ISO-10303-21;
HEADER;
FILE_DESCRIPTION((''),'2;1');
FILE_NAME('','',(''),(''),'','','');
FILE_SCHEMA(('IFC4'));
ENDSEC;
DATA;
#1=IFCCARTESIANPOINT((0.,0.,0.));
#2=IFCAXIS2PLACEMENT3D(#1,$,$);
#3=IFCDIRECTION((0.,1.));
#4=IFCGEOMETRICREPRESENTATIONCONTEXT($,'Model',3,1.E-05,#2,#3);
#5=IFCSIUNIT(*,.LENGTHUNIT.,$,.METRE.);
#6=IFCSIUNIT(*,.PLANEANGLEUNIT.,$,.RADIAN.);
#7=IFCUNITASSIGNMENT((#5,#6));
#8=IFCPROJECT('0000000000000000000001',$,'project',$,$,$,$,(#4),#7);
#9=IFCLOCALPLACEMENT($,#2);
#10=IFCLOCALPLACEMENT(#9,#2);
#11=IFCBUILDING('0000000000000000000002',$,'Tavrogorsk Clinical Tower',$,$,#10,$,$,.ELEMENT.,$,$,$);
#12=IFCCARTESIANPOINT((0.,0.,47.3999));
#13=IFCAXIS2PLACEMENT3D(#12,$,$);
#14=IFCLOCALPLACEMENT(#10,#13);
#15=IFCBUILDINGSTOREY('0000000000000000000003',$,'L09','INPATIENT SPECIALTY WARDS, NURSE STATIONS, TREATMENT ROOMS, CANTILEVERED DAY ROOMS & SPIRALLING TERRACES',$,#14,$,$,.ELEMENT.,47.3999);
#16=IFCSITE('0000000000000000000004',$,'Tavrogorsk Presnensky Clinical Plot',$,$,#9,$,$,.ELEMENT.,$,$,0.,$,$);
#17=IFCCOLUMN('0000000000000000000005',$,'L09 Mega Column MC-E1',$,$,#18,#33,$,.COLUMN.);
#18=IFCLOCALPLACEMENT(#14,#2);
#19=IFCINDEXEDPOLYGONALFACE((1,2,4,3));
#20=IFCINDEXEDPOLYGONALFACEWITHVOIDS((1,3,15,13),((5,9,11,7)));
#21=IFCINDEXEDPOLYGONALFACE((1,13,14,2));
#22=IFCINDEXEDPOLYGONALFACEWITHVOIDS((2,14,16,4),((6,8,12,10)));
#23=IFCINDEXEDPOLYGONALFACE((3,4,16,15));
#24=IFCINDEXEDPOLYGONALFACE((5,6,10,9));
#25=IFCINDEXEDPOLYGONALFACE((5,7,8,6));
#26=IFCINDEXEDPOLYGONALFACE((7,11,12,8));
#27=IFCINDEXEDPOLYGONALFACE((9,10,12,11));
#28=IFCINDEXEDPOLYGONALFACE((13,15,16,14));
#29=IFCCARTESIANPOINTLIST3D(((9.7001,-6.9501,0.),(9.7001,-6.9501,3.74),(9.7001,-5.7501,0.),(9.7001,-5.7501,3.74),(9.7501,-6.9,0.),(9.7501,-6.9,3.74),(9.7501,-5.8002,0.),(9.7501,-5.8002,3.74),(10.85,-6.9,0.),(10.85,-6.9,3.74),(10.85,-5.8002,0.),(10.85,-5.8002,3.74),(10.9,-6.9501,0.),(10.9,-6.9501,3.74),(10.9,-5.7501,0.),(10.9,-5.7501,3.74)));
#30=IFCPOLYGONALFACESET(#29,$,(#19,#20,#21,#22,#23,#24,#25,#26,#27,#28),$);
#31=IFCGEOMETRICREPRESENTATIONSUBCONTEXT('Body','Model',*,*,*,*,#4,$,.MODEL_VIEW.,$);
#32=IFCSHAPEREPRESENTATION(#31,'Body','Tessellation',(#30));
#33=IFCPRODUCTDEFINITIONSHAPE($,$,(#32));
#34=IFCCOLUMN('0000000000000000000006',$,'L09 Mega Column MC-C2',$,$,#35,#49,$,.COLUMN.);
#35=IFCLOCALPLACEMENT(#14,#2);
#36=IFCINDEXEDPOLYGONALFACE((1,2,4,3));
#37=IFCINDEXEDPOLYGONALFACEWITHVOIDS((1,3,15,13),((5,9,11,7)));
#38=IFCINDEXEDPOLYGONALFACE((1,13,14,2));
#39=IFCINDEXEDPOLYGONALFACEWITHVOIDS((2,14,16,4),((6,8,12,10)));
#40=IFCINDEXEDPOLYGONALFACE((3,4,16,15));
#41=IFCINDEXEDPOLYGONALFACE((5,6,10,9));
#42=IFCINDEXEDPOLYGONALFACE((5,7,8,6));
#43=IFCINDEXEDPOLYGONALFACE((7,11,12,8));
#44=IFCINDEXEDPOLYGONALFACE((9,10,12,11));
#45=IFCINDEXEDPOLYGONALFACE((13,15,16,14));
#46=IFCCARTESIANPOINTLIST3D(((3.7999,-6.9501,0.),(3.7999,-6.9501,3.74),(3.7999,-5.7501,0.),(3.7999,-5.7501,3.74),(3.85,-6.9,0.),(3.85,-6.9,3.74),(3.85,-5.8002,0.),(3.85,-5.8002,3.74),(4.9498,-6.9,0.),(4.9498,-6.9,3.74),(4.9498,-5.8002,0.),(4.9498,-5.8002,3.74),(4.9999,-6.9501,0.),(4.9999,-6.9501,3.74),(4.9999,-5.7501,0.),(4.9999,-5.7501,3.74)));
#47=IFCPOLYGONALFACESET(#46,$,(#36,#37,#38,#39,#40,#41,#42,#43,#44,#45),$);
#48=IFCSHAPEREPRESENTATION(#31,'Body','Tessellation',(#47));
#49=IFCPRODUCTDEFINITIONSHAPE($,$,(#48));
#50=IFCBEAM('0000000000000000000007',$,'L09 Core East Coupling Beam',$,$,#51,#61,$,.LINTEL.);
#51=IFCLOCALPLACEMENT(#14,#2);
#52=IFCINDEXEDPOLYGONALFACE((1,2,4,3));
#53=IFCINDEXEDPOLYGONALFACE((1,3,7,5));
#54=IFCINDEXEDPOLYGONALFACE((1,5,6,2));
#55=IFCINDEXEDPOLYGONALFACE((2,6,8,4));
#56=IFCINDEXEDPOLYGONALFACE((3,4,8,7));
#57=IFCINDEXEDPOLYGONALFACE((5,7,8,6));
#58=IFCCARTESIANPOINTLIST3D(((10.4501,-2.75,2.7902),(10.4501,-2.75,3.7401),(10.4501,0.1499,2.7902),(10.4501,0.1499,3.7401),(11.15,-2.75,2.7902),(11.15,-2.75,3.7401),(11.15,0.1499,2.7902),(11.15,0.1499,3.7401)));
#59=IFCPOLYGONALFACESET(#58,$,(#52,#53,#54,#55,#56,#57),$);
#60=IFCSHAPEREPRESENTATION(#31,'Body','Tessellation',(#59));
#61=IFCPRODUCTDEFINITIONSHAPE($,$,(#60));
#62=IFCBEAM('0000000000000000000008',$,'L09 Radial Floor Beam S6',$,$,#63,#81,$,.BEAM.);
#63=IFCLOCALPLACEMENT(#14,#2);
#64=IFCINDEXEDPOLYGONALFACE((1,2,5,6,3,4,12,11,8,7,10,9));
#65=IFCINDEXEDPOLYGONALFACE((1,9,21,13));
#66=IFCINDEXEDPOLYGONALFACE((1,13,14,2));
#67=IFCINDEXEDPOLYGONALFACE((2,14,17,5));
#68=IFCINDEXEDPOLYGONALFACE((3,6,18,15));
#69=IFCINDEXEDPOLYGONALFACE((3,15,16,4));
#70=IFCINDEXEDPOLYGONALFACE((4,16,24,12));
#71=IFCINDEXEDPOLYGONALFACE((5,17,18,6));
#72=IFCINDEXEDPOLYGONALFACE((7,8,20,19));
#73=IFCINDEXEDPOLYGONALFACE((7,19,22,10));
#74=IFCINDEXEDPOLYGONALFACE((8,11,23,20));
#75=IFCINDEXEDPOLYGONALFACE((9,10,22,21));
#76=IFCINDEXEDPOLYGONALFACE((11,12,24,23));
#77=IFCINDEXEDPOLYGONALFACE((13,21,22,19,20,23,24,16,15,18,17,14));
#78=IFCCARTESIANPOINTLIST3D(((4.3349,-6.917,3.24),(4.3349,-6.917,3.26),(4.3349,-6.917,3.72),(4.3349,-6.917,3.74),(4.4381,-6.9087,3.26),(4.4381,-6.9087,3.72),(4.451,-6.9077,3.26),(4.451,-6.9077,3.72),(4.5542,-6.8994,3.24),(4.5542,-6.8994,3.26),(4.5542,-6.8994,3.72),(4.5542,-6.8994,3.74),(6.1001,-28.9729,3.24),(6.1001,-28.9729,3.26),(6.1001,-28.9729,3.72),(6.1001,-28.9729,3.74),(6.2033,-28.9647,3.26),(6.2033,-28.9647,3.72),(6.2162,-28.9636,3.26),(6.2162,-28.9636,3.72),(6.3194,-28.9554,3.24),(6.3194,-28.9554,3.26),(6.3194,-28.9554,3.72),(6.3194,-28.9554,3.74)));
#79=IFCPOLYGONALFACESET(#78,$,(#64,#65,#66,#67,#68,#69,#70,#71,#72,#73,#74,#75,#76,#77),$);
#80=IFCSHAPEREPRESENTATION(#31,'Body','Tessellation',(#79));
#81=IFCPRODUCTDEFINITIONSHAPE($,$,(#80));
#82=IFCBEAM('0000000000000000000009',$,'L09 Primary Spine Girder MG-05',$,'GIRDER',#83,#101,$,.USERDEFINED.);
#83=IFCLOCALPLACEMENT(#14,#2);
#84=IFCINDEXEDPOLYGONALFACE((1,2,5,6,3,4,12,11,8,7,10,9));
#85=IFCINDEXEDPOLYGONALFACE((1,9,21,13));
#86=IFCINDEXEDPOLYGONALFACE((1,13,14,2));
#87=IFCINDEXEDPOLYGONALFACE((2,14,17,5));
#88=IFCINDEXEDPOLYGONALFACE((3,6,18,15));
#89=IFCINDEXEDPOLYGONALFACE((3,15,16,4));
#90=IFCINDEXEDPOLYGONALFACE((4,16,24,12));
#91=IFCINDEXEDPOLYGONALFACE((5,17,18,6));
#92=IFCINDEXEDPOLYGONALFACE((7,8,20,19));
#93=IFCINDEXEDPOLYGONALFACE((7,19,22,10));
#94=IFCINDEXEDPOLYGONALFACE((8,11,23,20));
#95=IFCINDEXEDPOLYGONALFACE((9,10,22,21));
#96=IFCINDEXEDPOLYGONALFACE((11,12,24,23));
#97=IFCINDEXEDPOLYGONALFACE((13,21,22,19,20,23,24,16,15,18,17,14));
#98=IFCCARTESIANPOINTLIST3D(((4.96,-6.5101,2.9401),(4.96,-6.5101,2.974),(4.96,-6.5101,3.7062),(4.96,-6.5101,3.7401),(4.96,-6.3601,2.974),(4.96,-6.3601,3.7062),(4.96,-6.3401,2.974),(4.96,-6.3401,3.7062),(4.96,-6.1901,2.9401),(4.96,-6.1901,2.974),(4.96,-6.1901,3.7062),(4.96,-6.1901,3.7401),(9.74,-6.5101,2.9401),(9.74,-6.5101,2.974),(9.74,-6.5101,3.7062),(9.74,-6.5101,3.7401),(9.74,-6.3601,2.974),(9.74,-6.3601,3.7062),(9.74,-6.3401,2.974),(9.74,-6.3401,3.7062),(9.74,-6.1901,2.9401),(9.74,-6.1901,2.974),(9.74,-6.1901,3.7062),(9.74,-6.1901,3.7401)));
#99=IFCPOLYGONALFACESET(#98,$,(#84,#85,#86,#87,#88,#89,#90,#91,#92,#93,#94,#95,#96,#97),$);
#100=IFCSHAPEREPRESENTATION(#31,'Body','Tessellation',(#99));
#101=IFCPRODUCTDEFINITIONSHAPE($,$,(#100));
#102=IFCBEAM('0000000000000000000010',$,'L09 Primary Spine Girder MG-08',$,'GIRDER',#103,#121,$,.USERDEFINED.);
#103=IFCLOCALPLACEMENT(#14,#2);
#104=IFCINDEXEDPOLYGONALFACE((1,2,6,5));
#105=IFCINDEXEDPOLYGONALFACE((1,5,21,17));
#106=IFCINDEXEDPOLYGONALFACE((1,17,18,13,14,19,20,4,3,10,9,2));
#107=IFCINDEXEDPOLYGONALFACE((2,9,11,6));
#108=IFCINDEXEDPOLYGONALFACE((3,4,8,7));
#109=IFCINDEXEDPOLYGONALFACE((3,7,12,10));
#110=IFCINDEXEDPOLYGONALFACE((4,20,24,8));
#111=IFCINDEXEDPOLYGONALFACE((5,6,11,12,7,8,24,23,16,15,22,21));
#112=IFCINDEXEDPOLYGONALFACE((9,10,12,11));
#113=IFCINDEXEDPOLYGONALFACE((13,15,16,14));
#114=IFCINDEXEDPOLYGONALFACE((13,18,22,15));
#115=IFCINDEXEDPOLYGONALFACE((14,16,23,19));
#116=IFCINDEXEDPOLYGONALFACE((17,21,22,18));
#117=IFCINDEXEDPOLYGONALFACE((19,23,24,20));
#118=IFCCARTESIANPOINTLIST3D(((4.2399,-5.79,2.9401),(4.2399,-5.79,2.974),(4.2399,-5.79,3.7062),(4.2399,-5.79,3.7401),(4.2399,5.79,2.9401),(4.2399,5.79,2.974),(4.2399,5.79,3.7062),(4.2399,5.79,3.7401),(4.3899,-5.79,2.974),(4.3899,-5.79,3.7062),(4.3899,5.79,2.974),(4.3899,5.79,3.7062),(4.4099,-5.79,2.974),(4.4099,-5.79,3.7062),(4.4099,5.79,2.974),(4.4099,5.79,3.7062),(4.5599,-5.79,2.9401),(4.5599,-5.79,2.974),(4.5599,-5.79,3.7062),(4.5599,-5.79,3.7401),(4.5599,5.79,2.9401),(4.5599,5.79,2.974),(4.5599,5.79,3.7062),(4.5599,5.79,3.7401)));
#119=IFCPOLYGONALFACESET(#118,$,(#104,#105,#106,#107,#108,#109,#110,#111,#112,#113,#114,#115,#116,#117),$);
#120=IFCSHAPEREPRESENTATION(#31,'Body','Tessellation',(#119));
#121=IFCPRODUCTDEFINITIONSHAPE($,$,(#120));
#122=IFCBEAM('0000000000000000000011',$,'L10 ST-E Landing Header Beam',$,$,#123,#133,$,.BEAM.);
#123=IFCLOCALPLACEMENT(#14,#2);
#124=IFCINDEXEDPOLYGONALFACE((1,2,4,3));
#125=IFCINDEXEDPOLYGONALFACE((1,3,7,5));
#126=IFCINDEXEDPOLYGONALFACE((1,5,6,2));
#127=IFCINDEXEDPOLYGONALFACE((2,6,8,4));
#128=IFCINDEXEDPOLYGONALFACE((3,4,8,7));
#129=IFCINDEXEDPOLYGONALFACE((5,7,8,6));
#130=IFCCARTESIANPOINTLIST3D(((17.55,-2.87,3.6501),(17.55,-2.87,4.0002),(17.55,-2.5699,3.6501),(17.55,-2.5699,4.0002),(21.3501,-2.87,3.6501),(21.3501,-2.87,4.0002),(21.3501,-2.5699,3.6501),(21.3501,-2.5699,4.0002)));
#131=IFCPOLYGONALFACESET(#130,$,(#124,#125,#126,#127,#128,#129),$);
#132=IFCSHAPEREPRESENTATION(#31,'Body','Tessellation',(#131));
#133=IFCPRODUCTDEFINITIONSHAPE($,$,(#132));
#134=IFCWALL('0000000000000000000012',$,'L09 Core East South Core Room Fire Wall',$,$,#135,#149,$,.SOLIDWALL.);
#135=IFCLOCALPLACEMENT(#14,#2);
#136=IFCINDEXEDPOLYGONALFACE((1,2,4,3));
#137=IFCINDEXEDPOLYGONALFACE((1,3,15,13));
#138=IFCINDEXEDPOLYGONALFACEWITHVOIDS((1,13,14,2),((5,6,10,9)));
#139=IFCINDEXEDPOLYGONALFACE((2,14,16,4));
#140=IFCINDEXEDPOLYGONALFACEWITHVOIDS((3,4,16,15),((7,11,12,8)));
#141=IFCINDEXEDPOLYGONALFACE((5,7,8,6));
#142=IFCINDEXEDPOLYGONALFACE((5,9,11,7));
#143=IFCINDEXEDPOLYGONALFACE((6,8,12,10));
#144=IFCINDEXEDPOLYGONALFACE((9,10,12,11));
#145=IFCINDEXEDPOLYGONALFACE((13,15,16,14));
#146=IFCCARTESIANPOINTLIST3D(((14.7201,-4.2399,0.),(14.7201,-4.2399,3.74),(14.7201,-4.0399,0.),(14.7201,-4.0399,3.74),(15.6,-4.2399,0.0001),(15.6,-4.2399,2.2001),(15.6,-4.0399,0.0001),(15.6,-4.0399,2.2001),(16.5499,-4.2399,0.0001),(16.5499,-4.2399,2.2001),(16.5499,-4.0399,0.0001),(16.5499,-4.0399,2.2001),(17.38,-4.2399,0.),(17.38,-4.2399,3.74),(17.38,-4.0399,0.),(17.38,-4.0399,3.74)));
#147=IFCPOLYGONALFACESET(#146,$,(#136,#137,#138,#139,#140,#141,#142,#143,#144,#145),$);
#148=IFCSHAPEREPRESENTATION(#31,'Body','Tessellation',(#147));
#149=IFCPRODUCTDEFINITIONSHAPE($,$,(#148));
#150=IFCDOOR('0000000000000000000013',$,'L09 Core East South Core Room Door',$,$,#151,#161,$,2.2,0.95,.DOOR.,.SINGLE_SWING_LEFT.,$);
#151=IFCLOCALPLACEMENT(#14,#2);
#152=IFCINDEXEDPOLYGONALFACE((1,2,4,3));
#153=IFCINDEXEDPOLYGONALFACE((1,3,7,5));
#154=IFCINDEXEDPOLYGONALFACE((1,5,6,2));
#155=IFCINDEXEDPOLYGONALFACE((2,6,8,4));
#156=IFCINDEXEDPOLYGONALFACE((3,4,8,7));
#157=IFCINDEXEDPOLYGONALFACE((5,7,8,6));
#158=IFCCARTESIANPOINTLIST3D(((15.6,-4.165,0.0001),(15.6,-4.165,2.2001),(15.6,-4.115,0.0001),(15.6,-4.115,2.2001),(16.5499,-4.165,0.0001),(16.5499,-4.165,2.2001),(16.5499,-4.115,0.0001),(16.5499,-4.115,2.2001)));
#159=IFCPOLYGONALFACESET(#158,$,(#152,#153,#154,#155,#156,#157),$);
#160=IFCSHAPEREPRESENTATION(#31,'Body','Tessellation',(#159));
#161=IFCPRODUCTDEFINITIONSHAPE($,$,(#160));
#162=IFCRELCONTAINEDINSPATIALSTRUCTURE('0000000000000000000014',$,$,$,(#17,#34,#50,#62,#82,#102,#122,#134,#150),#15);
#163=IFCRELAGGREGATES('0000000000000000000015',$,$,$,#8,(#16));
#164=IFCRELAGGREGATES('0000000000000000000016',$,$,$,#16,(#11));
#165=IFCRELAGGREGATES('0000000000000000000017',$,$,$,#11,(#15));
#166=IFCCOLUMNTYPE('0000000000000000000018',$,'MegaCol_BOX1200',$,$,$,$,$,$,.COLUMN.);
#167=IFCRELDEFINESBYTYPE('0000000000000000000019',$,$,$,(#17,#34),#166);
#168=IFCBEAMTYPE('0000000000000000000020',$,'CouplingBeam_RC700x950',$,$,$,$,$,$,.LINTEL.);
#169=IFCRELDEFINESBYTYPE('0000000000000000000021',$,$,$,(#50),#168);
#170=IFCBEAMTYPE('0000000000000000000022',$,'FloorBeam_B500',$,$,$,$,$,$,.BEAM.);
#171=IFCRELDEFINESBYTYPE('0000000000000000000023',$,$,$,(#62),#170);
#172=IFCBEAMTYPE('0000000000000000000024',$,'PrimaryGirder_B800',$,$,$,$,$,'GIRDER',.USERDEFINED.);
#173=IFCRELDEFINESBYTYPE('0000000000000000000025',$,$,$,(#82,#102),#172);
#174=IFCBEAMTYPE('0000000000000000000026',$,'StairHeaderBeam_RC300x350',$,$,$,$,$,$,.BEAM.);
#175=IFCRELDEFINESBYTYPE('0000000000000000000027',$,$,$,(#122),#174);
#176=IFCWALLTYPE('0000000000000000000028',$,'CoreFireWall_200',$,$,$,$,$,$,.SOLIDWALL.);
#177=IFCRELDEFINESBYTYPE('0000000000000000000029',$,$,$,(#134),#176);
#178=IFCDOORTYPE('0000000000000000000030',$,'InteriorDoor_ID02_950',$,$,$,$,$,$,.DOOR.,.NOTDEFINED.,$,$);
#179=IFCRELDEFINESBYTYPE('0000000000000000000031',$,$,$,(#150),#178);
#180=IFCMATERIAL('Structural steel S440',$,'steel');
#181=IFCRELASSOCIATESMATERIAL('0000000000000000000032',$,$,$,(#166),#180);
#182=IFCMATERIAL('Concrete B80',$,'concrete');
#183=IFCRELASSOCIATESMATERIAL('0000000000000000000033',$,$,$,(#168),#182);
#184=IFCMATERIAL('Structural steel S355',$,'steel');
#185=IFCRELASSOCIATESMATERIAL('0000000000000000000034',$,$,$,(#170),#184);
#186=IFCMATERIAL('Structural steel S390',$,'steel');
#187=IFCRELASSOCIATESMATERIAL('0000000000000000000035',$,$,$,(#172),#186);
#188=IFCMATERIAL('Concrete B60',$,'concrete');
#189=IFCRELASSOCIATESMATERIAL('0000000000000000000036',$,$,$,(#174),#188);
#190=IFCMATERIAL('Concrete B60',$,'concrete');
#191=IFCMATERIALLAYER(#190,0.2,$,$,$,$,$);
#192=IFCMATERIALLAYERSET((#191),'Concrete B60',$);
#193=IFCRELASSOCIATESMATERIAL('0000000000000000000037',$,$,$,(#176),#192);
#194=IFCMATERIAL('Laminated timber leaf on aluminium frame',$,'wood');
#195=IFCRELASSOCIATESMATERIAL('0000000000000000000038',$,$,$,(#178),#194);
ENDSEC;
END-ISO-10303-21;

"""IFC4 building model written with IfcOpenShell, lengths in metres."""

from ifc_helpers import new_model, si_unit, direction, frame, frame_2d, origin, origin_2d, place, context, subcontext, project, spatial, rectangle, hollow_rectangle, i_section, extrude, material, layer, layer_set, material_profile, profile_set, type_object, element, fill, save


model = new_model("IFC4")

# Units and contexts
model_context = context("Model", 3, precision=1e-05, world=origin(), true_north=direction((0.0, 1.0)))
body_context = subcontext(model_context, "Body", "Model", "MODEL_VIEW")
ifc_project = project(units=[si_unit("LENGTHUNIT", "METRE"), si_unit("PLANEANGLEUNIT", "RADIAN")], contexts=[model_context])

# Site, building, storey
site_placement = place(None, origin())
site = spatial("IfcSite", under=ifc_project, at=site_placement, Name="Tavrogorsk Presnensky Clinical Plot", CompositionType="ELEMENT", RefElevation=0.0)
building_placement = place(site_placement, origin())
building = spatial("IfcBuilding", under=site, at=building_placement, Name="Tavrogorsk Clinical Tower", CompositionType="ELEMENT")
storey_placement = place(building_placement, frame((0.0, 0.0, 47.3999)))
storey = spatial("IfcBuildingStorey", under=building, at=storey_placement, Name="L09", Description="INPATIENT SPECIALTY WARDS, NURSE STATIONS, TREATMENT ROOMS, CANTILEVERED DAY ROOMS & SPIRALLING TERRACES", CompositionType="ELEMENT", Elevation=47.3999)

# Columns
ifc_material_1 = material(Name="Structural steel S440", Category="steel")
ifc_material_profile_1 = material_profile(ifc_material_1, hollow_rectangle(XDim=1.2, YDim=1.2, WallThickness=0.05, at=origin_2d()), Name="BOX-1200x1200x50")
ifc_profile_set_1 = profile_set([ifc_material_profile_1], Name="Structural steel S440")
column_type = type_object("IfcColumnType", Name="MegaCol_BOX1200", PredefinedType="COLUMN", material=ifc_profile_set_1)
for number, where, z_axis, x_axis, name in (
    (1, (10.3, -6.3501, 0.0), (0.0, 0.0, 1.0), (1.0, 0.0, 0.0), "L09 Mega Column MC-E1"),
    (2, (4.3999, -6.3501, 0.0), (0.0, 0.0, 1.0), (1.0, 0.0, 0.0), "L09 Mega Column MC-C2"),
):
    element("IfcColumn", number, at=place(storey_placement, frame(where, z_axis=z_axis, x_axis=x_axis)), inside=storey, type_object=column_type, Name=name, PredefinedType="COLUMN", context=body_context, shape_type="SweptSolid", body=[
        extrude(hollow_rectangle(XDim=1.2, YDim=1.2, WallThickness=0.05, at=origin_2d()), origin(), (0.0, 0.0, 1.0), 3.74),
    ])

# Beams
ifc_material_2 = material(Name="Concrete B80", Category="concrete")
ifc_material_profile_2 = material_profile(ifc_material_2, rectangle(XDim=0.7, YDim=0.95, at=origin_2d()), Name="RC-CB-700x950")
ifc_profile_set_2 = profile_set([ifc_material_profile_2], Name="Concrete B80")
beam_type_1 = type_object("IfcBeamType", Name="CouplingBeam_RC700x950", PredefinedType="LINTEL", material=ifc_profile_set_2)
beam_1_placement = place(storey_placement, frame((10.8, -2.75, 3.2651), z_axis=(0.0, 1.0, 0.0), x_axis=(-1.0, 0.0, 0.0)))
element("IfcBeam", 3, at=beam_1_placement, inside=storey, type_object=beam_type_1, Name="L09 Core East Coupling Beam", PredefinedType="LINTEL", context=body_context, shape_type="SweptSolid", body=[
    extrude(rectangle(XDim=0.7, YDim=0.95, at=origin_2d()), origin(), (0.0, 0.0, 1.0), 2.8999),
])
ifc_material_3 = material(Name="Structural steel S355", Category="steel")
ifc_material_profile_3 = material_profile(ifc_material_3, i_section(OverallWidth=0.22, OverallDepth=0.5, WebThickness=0.0129, FlangeThickness=0.02, at=origin_2d()), Name="B-500x220x13x20")
ifc_profile_set_3 = profile_set([ifc_material_profile_3], Name="Structural steel S355")
beam_type_2 = type_object("IfcBeamType", Name="FloorBeam_B500", PredefinedType="BEAM", material=ifc_profile_set_3)
beam_2_placement = place(storey_placement, frame((4.4446, -6.9082, 3.49), z_axis=(0.079775, -0.996813, 0.0), x_axis=(0.996813, 0.079775, 0.0)))
element("IfcBeam", 4, at=beam_2_placement, inside=storey, type_object=beam_type_2, Name="L09 Radial Floor Beam S6", PredefinedType="BEAM", context=body_context, shape_type="SweptSolid", body=[
    extrude(i_section(OverallWidth=0.22, OverallDepth=0.5, WebThickness=0.0129, FlangeThickness=0.02, at=origin_2d()), origin(), (0.0, 0.0, 1.0), 22.1265),
])
ifc_material_4 = material(Name="Structural steel S390", Category="steel")
ifc_material_profile_4 = material_profile(ifc_material_4, i_section(OverallWidth=0.3201, OverallDepth=0.8, WebThickness=0.02, FlangeThickness=0.0339, at=origin_2d()), Name="B-800x320x20x34")
ifc_profile_set_4 = profile_set([ifc_material_profile_4], Name="Structural steel S390")
beam_type_3 = type_object("IfcBeamType", Name="PrimaryGirder_B800", ElementType="GIRDER", PredefinedType="USERDEFINED", material=ifc_profile_set_4)
beam_3_placement = place(storey_placement, frame((4.96, -6.3501, 3.3401), z_axis=(1.0, 0.0, 0.0), x_axis=(0.0, 1.0, 0.0)))
element("IfcBeam", 5, at=beam_3_placement, inside=storey, type_object=beam_type_3, Name="L09 Primary Spine Girder MG-05", ObjectType="GIRDER", PredefinedType="USERDEFINED", context=body_context, shape_type="SweptSolid", body=[
    extrude(i_section(OverallWidth=0.3201, OverallDepth=0.8, WebThickness=0.02, FlangeThickness=0.0339, at=origin_2d()), origin(), (0.0, 0.0, 1.0), 4.78),
])
beam_4_placement = place(storey_placement, frame((4.3999, -5.79, 3.3401), z_axis=(0.0, 1.0, 0.0), x_axis=(-1.0, 0.0, 0.0)))
element("IfcBeam", 6, at=beam_4_placement, inside=storey, type_object=beam_type_3, Name="L09 Primary Spine Girder MG-08", ObjectType="GIRDER", PredefinedType="USERDEFINED", context=body_context, shape_type="SweptSolid", body=[
    extrude(i_section(OverallWidth=0.3201, OverallDepth=0.8, WebThickness=0.02, FlangeThickness=0.0339, at=origin_2d()), origin(), (0.0, 0.0, 1.0), 11.5801),
])
ifc_material_5 = material(Name="Concrete B60", Category="concrete")
ifc_material_profile_5 = material_profile(ifc_material_5, rectangle(XDim=0.3, YDim=0.3501, at=origin_2d()), Name="RC-SHB-300x350")
ifc_profile_set_5 = profile_set([ifc_material_profile_5], Name="Concrete B60")
beam_type_4 = type_object("IfcBeamType", Name="StairHeaderBeam_RC300x350", PredefinedType="BEAM", material=ifc_profile_set_5)
beam_5_placement = place(storey_placement, frame((17.55, -2.72, 3.8252), z_axis=(1.0, 0.0, 0.0), x_axis=(0.0, 1.0, 0.0)))
element("IfcBeam", 7, at=beam_5_placement, inside=storey, type_object=beam_type_4, Name="L10 ST-E Landing Header Beam", PredefinedType="BEAM", context=body_context, shape_type="SweptSolid", body=[
    extrude(rectangle(XDim=0.3, YDim=0.3501, at=origin_2d()), origin(), (0.0, 0.0, 1.0), 3.8),
])

# Wall, opening, door
ifc_material_6 = material(Name="Concrete B60", Category="concrete")
ifc_layer_1 = layer(ifc_material_6, 0.2)
ifc_layer_set_1 = layer_set([ifc_layer_1], Name="Concrete B60")
wall_type_1 = type_object("IfcWallType", Name="CoreFireWall_200", PredefinedType="SOLIDWALL", material=ifc_layer_set_1)
wall_1_placement = place(storey_placement, frame((14.72, -4.1399, 0.0), z_axis=(0.0, 0.0, 1.0), x_axis=(1.0, 0.0, 0.0)))
wall_1 = element("IfcWall", 8, at=wall_1_placement, inside=storey, type_object=wall_type_1, Name="L09 Core East South Core Room Fire Wall", PredefinedType="SOLIDWALL", context=body_context, shape_type="SweptSolid", body=[
    extrude(rectangle(XDim=2.6599, YDim=0.2, at=frame_2d((1.3301, 0.0))), origin(), (0.0, 0.0, 1.0), 3.74),
])
opening_1_placement = place(wall_1_placement, frame((0.8799, 0.0, 0.0)))
opening_1 = element("IfcOpeningElement", 9, at=opening_1_placement, cuts=wall_1, PredefinedType="OPENING", context=body_context, shape_type="SweptSolid", body=[
    extrude(rectangle(XDim=0.95, YDim=2.2, at=frame_2d((0.4751, 1.1001))), frame((0.0, 0.1099, 0.0), z_axis=(0.0, -1.0, 0.0), x_axis=(1.0, 0.0, 0.0)), (0.0, 0.0, 1.0), 0.22),
])
ifc_material_7 = material(Name="Laminated timber leaf on aluminium frame", Category="wood")
door_type_1 = type_object("IfcDoorType", Name="InteriorDoor_ID02_950", OperationType="NOTDEFINED", PredefinedType="DOOR", material=ifc_material_7)
door_1_placement = place(opening_1_placement, origin())
door_1 = element("IfcDoor", 10, at=door_1_placement, inside=storey, type_object=door_type_1, Name="L09 Core East South Core Room Door", OperationType="SINGLE_SWING_LEFT", OverallHeight=2.2, OverallWidth=0.95, PredefinedType="DOOR", context=body_context, shape_type="SweptSolid", body=[
    extrude(rectangle(XDim=0.95, YDim=2.2, at=frame_2d((0.4751, 1.1001))), frame((0.0, 0.0249, 0.0), z_axis=(0.0, -1.0, 0.0), x_axis=(1.0, 0.0, 0.0)), (0.0, 0.0, 1.0), 0.05),
])
fill(opening_1, door_1)

save(model, "model.ifc")
